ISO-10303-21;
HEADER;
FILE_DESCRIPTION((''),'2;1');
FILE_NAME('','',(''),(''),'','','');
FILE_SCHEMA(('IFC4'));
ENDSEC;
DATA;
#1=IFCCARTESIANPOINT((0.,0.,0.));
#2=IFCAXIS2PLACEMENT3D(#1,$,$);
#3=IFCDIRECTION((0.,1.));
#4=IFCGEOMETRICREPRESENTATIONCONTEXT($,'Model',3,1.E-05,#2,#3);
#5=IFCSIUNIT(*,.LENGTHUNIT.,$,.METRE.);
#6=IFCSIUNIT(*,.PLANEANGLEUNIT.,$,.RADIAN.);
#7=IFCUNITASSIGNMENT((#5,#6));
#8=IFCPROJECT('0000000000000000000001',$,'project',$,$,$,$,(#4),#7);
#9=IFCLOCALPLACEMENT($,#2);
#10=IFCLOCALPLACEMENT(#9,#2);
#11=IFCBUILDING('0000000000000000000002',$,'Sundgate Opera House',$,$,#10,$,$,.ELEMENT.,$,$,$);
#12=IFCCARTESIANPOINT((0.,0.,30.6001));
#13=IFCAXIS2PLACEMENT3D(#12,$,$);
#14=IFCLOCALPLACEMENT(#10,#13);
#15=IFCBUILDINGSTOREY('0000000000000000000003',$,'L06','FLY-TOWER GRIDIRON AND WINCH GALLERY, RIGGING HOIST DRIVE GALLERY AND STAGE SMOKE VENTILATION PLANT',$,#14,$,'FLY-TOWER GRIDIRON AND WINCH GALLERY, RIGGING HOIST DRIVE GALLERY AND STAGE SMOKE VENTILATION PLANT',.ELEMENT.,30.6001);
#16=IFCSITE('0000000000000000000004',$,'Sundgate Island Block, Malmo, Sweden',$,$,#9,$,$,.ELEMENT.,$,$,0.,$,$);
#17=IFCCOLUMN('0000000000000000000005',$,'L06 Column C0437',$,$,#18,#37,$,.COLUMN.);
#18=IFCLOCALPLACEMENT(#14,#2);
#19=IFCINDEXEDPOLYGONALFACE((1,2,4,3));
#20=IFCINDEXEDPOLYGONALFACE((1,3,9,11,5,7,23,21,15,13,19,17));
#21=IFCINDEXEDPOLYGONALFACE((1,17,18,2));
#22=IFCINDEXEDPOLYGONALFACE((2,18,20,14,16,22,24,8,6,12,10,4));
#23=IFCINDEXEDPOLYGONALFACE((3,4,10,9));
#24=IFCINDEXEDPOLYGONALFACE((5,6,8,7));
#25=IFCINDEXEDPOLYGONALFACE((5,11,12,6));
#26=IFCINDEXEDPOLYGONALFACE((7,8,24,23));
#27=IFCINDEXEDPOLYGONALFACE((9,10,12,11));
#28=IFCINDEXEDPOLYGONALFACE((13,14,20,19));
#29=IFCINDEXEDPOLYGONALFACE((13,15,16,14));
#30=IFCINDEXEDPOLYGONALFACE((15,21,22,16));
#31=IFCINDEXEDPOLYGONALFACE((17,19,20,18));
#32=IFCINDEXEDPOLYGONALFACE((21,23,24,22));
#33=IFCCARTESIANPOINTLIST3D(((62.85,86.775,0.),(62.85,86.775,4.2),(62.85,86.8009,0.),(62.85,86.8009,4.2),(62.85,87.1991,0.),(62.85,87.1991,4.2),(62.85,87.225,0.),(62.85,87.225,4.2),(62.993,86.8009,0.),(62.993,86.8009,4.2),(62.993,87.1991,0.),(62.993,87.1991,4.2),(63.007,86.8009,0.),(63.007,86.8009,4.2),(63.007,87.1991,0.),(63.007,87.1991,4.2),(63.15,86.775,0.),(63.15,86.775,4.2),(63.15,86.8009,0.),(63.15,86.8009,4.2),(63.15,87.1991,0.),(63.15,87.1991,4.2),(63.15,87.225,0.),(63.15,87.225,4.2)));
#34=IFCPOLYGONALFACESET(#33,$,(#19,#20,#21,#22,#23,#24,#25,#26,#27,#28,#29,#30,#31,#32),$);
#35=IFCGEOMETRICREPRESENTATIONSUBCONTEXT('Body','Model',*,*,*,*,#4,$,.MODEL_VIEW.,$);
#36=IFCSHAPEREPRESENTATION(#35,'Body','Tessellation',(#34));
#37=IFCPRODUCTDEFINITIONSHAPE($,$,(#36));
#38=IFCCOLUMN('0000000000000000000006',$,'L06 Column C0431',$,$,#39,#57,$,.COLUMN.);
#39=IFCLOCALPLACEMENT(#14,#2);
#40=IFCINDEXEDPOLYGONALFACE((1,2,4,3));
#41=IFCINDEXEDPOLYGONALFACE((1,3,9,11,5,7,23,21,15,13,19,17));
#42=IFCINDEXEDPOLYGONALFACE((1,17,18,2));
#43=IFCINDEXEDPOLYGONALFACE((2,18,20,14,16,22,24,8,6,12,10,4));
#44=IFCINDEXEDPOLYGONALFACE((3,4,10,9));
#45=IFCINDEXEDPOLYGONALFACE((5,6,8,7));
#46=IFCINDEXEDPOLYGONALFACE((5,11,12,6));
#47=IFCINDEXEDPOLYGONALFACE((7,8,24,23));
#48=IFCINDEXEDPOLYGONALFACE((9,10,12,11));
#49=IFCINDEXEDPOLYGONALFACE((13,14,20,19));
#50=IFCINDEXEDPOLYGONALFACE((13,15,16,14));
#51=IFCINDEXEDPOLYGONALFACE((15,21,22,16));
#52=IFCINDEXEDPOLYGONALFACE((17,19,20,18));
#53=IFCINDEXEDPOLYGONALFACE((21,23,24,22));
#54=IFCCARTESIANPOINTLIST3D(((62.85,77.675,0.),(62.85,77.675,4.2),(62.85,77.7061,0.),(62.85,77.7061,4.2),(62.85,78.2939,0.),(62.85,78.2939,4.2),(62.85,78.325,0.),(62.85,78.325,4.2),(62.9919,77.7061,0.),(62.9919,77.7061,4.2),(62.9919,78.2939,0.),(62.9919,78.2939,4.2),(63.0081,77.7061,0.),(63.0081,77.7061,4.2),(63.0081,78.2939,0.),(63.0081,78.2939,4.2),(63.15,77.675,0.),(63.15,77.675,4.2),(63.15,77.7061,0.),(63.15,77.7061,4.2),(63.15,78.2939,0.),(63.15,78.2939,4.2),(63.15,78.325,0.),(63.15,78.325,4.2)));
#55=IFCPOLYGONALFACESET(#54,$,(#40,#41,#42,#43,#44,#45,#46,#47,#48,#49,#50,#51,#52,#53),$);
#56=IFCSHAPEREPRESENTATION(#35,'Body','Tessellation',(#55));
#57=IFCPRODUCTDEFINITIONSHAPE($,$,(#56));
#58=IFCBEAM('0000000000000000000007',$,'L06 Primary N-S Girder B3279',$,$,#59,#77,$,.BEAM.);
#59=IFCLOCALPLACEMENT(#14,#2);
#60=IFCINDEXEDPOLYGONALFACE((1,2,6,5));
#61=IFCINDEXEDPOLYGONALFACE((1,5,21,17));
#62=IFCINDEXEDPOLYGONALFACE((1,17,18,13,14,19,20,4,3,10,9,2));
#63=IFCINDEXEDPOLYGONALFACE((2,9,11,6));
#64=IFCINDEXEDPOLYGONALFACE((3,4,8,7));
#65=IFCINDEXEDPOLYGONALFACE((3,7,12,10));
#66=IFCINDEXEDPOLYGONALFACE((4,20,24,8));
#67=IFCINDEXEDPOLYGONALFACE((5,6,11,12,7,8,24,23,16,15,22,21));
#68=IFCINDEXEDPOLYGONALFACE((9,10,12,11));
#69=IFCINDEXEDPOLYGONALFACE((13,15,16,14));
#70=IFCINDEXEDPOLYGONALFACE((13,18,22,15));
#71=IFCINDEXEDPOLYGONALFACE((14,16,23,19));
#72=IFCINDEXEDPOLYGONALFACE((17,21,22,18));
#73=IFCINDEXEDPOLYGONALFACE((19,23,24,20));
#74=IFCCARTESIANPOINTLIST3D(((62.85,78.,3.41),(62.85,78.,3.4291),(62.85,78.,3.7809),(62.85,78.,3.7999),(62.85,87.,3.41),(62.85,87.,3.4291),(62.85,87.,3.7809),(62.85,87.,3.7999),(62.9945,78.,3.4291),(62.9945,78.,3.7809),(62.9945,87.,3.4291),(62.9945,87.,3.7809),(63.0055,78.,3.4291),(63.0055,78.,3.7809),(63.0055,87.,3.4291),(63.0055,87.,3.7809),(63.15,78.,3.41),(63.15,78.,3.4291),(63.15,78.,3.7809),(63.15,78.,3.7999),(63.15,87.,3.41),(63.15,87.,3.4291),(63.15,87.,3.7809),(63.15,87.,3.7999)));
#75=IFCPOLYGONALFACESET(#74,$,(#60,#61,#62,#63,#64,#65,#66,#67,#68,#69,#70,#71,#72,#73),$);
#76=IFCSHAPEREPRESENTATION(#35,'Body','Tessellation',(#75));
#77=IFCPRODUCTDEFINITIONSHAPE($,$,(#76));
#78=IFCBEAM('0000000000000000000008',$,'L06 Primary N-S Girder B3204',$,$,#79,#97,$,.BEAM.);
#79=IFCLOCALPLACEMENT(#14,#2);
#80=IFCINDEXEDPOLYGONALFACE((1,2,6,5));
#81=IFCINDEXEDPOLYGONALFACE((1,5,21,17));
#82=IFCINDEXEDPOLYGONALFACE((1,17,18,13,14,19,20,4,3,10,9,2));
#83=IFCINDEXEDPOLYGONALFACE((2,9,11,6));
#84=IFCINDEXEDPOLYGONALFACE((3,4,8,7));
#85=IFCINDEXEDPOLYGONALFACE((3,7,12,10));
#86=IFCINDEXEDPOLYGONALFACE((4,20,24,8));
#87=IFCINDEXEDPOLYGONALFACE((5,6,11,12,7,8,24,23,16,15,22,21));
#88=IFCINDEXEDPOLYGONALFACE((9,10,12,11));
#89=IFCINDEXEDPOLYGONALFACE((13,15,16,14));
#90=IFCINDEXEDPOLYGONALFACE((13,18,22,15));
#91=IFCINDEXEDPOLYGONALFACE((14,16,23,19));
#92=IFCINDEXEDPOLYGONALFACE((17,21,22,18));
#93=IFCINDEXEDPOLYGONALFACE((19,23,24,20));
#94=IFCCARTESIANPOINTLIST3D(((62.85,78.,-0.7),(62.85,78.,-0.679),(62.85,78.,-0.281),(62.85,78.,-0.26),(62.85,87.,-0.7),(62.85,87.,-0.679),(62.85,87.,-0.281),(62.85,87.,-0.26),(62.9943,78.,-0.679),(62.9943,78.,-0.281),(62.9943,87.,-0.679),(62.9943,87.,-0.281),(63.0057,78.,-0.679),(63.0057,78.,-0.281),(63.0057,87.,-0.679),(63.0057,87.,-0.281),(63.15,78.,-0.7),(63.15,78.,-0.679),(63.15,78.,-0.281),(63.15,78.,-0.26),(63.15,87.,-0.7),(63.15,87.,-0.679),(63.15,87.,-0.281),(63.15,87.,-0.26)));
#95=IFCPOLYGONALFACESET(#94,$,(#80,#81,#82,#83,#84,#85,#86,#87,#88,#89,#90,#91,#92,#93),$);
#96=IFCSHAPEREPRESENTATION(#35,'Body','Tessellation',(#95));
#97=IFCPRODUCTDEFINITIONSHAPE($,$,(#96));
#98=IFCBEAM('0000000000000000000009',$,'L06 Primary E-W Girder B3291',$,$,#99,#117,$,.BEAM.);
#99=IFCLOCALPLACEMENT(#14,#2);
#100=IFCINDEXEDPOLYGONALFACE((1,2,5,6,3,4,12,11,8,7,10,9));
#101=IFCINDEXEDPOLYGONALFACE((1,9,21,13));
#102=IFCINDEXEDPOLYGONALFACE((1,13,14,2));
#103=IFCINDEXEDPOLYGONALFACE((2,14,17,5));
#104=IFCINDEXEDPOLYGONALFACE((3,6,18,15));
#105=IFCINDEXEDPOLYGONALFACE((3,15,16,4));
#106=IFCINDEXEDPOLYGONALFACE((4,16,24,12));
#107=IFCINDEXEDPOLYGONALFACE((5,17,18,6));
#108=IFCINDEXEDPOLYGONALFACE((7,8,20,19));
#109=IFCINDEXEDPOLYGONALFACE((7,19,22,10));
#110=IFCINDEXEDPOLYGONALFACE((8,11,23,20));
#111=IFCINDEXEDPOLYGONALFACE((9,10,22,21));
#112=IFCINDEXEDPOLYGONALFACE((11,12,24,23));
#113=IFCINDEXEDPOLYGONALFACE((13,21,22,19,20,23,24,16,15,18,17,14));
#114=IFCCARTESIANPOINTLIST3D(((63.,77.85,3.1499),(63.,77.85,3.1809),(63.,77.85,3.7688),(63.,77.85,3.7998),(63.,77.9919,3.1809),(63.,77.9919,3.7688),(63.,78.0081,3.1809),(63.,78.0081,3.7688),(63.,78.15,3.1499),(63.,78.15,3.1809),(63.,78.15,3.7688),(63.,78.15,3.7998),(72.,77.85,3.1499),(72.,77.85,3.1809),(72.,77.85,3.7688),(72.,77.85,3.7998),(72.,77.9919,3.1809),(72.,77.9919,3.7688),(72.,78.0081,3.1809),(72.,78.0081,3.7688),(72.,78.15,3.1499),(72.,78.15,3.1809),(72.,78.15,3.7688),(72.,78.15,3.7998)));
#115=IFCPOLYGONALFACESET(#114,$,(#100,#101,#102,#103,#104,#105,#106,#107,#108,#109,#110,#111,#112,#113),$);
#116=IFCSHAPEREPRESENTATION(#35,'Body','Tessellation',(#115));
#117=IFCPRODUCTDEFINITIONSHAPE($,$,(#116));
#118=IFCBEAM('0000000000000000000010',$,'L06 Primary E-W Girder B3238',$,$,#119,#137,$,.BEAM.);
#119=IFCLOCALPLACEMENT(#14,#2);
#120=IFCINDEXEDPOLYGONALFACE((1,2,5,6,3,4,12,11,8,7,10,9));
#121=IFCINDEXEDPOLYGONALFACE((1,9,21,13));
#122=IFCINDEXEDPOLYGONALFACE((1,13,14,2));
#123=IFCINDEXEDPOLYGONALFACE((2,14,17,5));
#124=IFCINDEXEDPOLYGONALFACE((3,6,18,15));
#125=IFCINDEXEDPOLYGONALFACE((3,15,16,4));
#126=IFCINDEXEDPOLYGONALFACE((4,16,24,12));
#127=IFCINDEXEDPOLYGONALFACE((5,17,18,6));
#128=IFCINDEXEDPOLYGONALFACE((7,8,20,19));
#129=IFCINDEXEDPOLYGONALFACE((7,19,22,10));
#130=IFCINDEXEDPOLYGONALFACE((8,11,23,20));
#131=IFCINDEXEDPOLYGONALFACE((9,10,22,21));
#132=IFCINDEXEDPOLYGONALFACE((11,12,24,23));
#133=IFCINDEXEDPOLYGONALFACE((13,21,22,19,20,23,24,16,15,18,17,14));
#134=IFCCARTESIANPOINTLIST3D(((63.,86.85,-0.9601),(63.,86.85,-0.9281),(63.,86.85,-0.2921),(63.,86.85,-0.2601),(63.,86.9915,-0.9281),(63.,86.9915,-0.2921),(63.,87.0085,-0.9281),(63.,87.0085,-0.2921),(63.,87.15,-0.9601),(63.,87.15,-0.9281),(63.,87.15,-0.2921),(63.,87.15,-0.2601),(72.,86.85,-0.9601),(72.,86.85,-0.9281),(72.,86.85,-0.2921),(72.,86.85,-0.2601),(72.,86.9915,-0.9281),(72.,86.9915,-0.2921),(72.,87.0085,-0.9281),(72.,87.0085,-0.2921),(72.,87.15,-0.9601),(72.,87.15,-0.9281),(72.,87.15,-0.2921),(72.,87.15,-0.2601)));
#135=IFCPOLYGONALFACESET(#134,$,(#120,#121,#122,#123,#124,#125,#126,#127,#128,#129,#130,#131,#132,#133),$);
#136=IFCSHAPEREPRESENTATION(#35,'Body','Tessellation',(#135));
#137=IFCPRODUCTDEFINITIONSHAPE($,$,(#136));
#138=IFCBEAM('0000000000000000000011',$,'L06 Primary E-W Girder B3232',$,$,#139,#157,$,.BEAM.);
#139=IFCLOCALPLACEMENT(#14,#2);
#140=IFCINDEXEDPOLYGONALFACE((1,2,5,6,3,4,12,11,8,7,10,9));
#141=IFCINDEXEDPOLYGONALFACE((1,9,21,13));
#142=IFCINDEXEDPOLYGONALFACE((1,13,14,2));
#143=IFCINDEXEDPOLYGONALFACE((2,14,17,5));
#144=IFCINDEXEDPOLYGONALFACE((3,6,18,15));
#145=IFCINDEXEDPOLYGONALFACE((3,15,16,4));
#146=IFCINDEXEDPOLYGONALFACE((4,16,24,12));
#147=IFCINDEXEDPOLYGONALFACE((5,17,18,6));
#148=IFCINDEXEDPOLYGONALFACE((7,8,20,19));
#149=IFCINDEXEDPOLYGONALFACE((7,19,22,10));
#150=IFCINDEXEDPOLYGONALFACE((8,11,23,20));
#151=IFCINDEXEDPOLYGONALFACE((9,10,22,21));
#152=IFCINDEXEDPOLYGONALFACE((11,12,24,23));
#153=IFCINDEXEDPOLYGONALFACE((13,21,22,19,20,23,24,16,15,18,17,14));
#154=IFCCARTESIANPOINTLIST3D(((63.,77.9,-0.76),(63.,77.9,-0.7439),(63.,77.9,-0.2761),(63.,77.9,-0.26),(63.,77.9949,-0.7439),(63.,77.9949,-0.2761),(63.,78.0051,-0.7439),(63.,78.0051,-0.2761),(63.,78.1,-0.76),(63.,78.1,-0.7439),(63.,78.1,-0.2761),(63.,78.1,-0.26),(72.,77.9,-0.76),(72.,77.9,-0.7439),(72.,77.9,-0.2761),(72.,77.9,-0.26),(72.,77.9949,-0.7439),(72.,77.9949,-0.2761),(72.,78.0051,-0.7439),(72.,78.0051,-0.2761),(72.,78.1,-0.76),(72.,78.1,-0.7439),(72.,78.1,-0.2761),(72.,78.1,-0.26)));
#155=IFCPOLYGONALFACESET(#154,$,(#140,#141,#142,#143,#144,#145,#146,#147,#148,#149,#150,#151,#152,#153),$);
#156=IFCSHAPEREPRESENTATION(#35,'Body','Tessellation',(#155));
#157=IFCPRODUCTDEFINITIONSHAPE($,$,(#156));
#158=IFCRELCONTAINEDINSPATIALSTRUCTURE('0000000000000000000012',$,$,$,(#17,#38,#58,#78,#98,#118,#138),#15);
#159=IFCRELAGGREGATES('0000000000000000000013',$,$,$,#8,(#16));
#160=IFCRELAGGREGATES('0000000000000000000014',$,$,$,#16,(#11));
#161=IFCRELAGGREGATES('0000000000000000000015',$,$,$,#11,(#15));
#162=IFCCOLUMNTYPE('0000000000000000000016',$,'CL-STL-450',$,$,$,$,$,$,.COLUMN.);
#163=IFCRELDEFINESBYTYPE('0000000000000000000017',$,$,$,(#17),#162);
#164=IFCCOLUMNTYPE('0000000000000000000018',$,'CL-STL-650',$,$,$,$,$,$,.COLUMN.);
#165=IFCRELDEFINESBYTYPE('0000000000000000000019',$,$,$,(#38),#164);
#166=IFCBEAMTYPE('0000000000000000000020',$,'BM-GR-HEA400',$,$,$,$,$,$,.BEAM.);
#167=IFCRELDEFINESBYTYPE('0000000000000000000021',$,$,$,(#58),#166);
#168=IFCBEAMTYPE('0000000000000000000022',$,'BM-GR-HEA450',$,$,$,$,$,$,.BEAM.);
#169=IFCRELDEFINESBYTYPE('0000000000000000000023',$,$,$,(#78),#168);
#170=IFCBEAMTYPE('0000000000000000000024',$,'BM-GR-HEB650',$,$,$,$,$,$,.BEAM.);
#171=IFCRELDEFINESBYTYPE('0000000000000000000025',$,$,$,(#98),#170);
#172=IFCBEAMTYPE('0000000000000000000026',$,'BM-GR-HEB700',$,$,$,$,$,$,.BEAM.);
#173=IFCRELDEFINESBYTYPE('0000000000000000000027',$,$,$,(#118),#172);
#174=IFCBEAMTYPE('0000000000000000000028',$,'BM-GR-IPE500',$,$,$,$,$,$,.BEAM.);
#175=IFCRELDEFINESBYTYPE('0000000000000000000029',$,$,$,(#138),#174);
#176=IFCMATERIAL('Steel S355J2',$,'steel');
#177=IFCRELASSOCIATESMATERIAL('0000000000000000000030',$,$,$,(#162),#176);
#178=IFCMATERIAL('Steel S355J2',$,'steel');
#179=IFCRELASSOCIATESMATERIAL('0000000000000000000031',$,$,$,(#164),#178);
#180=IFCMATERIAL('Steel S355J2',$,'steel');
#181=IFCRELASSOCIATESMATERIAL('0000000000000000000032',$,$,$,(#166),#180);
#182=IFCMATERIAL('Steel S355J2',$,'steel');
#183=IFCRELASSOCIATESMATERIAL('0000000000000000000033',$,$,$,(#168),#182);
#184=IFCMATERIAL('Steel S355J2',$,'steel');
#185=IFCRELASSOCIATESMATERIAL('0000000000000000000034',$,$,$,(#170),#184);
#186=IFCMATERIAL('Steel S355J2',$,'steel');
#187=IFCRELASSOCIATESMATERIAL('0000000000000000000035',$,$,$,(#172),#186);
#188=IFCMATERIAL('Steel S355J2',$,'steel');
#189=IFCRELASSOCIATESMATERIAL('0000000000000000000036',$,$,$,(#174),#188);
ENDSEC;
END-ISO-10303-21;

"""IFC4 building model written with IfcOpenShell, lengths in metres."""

from ifc_helpers import new_model, si_unit, direction, frame, origin, origin_2d, place, context, subcontext, project, spatial, i_section, extrude, material, material_profile, profile_set, type_object, element, save


model = new_model("IFC4")

# Units and contexts
model_context = context("Model", 3, precision=1e-05, world=origin(), true_north=direction((0.0, 1.0)))
body_context = subcontext(model_context, "Body", "Model", "MODEL_VIEW")
ifc_project = project(units=[si_unit("LENGTHUNIT", "METRE"), si_unit("PLANEANGLEUNIT", "RADIAN")], contexts=[model_context])

# Site, building, storey
site_placement = place(None, origin())
site = spatial("IfcSite", under=ifc_project, at=site_placement, Name="Sundgate Island Block, Malmo, Sweden", CompositionType="ELEMENT", RefElevation=0.0)
building_placement = place(site_placement, origin())
building = spatial("IfcBuilding", under=site, at=building_placement, Name="Sundgate Opera House", CompositionType="ELEMENT")
storey_placement = place(building_placement, frame((0.0, 0.0, 30.6001)))
storey = spatial("IfcBuildingStorey", under=building, at=storey_placement, Name="L06", Description="FLY-TOWER GRIDIRON AND WINCH GALLERY, RIGGING HOIST DRIVE GALLERY AND STAGE SMOKE VENTILATION PLANT", LongName="FLY-TOWER GRIDIRON AND WINCH GALLERY, RIGGING HOIST DRIVE GALLERY AND STAGE SMOKE VENTILATION PLANT", CompositionType="ELEMENT", Elevation=30.6001)

# Columns
ifc_material_1 = material(Name="Steel S355J2", Category="steel")
ifc_material_profile_1 = material_profile(ifc_material_1, i_section(OverallWidth=0.3, OverallDepth=0.45, WebThickness=0.0139, FlangeThickness=0.0259, at=origin_2d()), Name="HEB 450")
ifc_profile_set_1 = profile_set([ifc_material_profile_1], Name="Steel S355J2")
column_type_1 = type_object("IfcColumnType", Name="CL-STL-450", PredefinedType="COLUMN", material=ifc_profile_set_1)
column_1_placement = place(storey_placement, frame((63.0, 87.0, 0.0), z_axis=(0.0, 0.0, 1.0), x_axis=(1.0, 0.0, 0.0)))
element("IfcColumn", 1, at=column_1_placement, inside=storey, type_object=column_type_1, Name="L06 Column C0437", PredefinedType="COLUMN", context=body_context, shape_type="SweptSolid", body=[
    extrude(i_section(OverallWidth=0.3, OverallDepth=0.45, WebThickness=0.0139, FlangeThickness=0.0259, at=origin_2d()), origin(), (0.0, 0.0, 1.0), 4.2),
])
ifc_material_2 = material(Name="Steel S355J2", Category="steel")
ifc_material_profile_2 = material_profile(ifc_material_2, i_section(OverallWidth=0.3, OverallDepth=0.6499, WebThickness=0.0161, FlangeThickness=0.031, at=origin_2d()), Name="HEB 650")
ifc_profile_set_2 = profile_set([ifc_material_profile_2], Name="Steel S355J2")
column_type_2 = type_object("IfcColumnType", Name="CL-STL-650", PredefinedType="COLUMN", material=ifc_profile_set_2)
column_2_placement = place(storey_placement, frame((63.0, 78.0, 0.0), z_axis=(0.0, 0.0, 1.0), x_axis=(1.0, 0.0, 0.0)))
element("IfcColumn", 2, at=column_2_placement, inside=storey, type_object=column_type_2, Name="L06 Column C0431", PredefinedType="COLUMN", context=body_context, shape_type="SweptSolid", body=[
    extrude(i_section(OverallWidth=0.3, OverallDepth=0.6499, WebThickness=0.0161, FlangeThickness=0.031, at=origin_2d()), origin(), (0.0, 0.0, 1.0), 4.2),
])

# Beams
ifc_material_3 = material(Name="Steel S355J2", Category="steel")
ifc_material_profile_3 = material_profile(ifc_material_3, i_section(OverallWidth=0.3, OverallDepth=0.3899, WebThickness=0.011, FlangeThickness=0.019, at=origin_2d()), Name="HEA 400")
ifc_profile_set_3 = profile_set([ifc_material_profile_3], Name="Steel S355J2")
beam_type_1 = type_object("IfcBeamType", Name="BM-GR-HEA400", PredefinedType="BEAM", material=ifc_profile_set_3)
beam_1_placement = place(storey_placement, frame((63.0, 78.0, 3.605), z_axis=(0.0, 1.0, 0.0), x_axis=(-1.0, 0.0, 0.0)))
element("IfcBeam", 3, at=beam_1_placement, inside=storey, type_object=beam_type_1, Name="L06 Primary N-S Girder B3279", PredefinedType="BEAM", context=body_context, shape_type="SweptSolid", body=[
    extrude(i_section(OverallWidth=0.3, OverallDepth=0.3899, WebThickness=0.011, FlangeThickness=0.019, at=origin_2d()), origin(), (0.0, 0.0, 1.0), 9.0),
])
ifc_material_4 = material(Name="Steel S355J2", Category="steel")
ifc_material_profile_4 = material_profile(ifc_material_4, i_section(OverallWidth=0.3, OverallDepth=0.4399, WebThickness=0.0115, FlangeThickness=0.021, at=origin_2d()), Name="HEA 450")
ifc_profile_set_4 = profile_set([ifc_material_profile_4], Name="Steel S355J2")
beam_type_2 = type_object("IfcBeamType", Name="BM-GR-HEA450", PredefinedType="BEAM", material=ifc_profile_set_4)
beam_2_placement = place(storey_placement, frame((63.0, 78.0, -0.48), z_axis=(0.0, 1.0, 0.0), x_axis=(-1.0, 0.0, 0.0)))
element("IfcBeam", 4, at=beam_2_placement, inside=storey, type_object=beam_type_2, Name="L06 Primary N-S Girder B3204", PredefinedType="BEAM", context=body_context, shape_type="SweptSolid", body=[
    extrude(i_section(OverallWidth=0.3, OverallDepth=0.4399, WebThickness=0.0115, FlangeThickness=0.021, at=origin_2d()), origin(), (0.0, 0.0, 1.0), 9.0),
])
ifc_material_5 = material(Name="Steel S355J2", Category="steel")
ifc_material_profile_5 = material_profile(ifc_material_5, i_section(OverallWidth=0.3, OverallDepth=0.6499, WebThickness=0.0161, FlangeThickness=0.031, at=origin_2d()), Name="HEB 650")
ifc_profile_set_5 = profile_set([ifc_material_profile_5], Name="Steel S355J2")
beam_type_3 = type_object("IfcBeamType", Name="BM-GR-HEB650", PredefinedType="BEAM", material=ifc_profile_set_5)
beam_3_placement = place(storey_placement, frame((63.0, 78.0, 3.4749), z_axis=(1.0, 0.0, 0.0), x_axis=(0.0, 1.0, 0.0)))
element("IfcBeam", 5, at=beam_3_placement, inside=storey, type_object=beam_type_3, Name="L06 Primary E-W Girder B3291", PredefinedType="BEAM", context=body_context, shape_type="SweptSolid", body=[
    extrude(i_section(OverallWidth=0.3, OverallDepth=0.6499, WebThickness=0.0161, FlangeThickness=0.031, at=origin_2d()), origin(), (0.0, 0.0, 1.0), 9.0),
])
ifc_material_6 = material(Name="Steel S355J2", Category="steel")
ifc_material_profile_6 = material_profile(ifc_material_6, i_section(OverallWidth=0.3, OverallDepth=0.7, WebThickness=0.0171, FlangeThickness=0.032, at=origin_2d()), Name="HEB 700")
ifc_profile_set_6 = profile_set([ifc_material_profile_6], Name="Steel S355J2")
beam_type_4 = type_object("IfcBeamType", Name="BM-GR-HEB700", PredefinedType="BEAM", material=ifc_profile_set_6)
beam_4_placement = place(storey_placement, frame((63.0, 87.0, -0.6101), z_axis=(1.0, 0.0, 0.0), x_axis=(0.0, 1.0, 0.0)))
element("IfcBeam", 6, at=beam_4_placement, inside=storey, type_object=beam_type_4, Name="L06 Primary E-W Girder B3238", PredefinedType="BEAM", context=body_context, shape_type="SweptSolid", body=[
    extrude(i_section(OverallWidth=0.3, OverallDepth=0.7, WebThickness=0.0171, FlangeThickness=0.032, at=origin_2d()), origin(), (0.0, 0.0, 1.0), 9.0),
])
ifc_material_7 = material(Name="Steel S355J2", Category="steel")
ifc_material_profile_7 = material_profile(ifc_material_7, i_section(OverallWidth=0.2, OverallDepth=0.5, WebThickness=0.0103, FlangeThickness=0.0161, at=origin_2d()), Name="IPE 500")
ifc_profile_set_7 = profile_set([ifc_material_profile_7], Name="Steel S355J2")
beam_type_5 = type_object("IfcBeamType", Name="BM-GR-IPE500", PredefinedType="BEAM", material=ifc_profile_set_7)
beam_5_placement = place(storey_placement, frame((63.0, 78.0, -0.51), z_axis=(1.0, 0.0, 0.0), x_axis=(0.0, 1.0, 0.0)))
element("IfcBeam", 7, at=beam_5_placement, inside=storey, type_object=beam_type_5, Name="L06 Primary E-W Girder B3232", PredefinedType="BEAM", context=body_context, shape_type="SweptSolid", body=[
    extrude(i_section(OverallWidth=0.2, OverallDepth=0.5, WebThickness=0.0103, FlangeThickness=0.0161, at=origin_2d()), origin(), (0.0, 0.0, 1.0), 9.0),
])

save(model, "model.ifc")
